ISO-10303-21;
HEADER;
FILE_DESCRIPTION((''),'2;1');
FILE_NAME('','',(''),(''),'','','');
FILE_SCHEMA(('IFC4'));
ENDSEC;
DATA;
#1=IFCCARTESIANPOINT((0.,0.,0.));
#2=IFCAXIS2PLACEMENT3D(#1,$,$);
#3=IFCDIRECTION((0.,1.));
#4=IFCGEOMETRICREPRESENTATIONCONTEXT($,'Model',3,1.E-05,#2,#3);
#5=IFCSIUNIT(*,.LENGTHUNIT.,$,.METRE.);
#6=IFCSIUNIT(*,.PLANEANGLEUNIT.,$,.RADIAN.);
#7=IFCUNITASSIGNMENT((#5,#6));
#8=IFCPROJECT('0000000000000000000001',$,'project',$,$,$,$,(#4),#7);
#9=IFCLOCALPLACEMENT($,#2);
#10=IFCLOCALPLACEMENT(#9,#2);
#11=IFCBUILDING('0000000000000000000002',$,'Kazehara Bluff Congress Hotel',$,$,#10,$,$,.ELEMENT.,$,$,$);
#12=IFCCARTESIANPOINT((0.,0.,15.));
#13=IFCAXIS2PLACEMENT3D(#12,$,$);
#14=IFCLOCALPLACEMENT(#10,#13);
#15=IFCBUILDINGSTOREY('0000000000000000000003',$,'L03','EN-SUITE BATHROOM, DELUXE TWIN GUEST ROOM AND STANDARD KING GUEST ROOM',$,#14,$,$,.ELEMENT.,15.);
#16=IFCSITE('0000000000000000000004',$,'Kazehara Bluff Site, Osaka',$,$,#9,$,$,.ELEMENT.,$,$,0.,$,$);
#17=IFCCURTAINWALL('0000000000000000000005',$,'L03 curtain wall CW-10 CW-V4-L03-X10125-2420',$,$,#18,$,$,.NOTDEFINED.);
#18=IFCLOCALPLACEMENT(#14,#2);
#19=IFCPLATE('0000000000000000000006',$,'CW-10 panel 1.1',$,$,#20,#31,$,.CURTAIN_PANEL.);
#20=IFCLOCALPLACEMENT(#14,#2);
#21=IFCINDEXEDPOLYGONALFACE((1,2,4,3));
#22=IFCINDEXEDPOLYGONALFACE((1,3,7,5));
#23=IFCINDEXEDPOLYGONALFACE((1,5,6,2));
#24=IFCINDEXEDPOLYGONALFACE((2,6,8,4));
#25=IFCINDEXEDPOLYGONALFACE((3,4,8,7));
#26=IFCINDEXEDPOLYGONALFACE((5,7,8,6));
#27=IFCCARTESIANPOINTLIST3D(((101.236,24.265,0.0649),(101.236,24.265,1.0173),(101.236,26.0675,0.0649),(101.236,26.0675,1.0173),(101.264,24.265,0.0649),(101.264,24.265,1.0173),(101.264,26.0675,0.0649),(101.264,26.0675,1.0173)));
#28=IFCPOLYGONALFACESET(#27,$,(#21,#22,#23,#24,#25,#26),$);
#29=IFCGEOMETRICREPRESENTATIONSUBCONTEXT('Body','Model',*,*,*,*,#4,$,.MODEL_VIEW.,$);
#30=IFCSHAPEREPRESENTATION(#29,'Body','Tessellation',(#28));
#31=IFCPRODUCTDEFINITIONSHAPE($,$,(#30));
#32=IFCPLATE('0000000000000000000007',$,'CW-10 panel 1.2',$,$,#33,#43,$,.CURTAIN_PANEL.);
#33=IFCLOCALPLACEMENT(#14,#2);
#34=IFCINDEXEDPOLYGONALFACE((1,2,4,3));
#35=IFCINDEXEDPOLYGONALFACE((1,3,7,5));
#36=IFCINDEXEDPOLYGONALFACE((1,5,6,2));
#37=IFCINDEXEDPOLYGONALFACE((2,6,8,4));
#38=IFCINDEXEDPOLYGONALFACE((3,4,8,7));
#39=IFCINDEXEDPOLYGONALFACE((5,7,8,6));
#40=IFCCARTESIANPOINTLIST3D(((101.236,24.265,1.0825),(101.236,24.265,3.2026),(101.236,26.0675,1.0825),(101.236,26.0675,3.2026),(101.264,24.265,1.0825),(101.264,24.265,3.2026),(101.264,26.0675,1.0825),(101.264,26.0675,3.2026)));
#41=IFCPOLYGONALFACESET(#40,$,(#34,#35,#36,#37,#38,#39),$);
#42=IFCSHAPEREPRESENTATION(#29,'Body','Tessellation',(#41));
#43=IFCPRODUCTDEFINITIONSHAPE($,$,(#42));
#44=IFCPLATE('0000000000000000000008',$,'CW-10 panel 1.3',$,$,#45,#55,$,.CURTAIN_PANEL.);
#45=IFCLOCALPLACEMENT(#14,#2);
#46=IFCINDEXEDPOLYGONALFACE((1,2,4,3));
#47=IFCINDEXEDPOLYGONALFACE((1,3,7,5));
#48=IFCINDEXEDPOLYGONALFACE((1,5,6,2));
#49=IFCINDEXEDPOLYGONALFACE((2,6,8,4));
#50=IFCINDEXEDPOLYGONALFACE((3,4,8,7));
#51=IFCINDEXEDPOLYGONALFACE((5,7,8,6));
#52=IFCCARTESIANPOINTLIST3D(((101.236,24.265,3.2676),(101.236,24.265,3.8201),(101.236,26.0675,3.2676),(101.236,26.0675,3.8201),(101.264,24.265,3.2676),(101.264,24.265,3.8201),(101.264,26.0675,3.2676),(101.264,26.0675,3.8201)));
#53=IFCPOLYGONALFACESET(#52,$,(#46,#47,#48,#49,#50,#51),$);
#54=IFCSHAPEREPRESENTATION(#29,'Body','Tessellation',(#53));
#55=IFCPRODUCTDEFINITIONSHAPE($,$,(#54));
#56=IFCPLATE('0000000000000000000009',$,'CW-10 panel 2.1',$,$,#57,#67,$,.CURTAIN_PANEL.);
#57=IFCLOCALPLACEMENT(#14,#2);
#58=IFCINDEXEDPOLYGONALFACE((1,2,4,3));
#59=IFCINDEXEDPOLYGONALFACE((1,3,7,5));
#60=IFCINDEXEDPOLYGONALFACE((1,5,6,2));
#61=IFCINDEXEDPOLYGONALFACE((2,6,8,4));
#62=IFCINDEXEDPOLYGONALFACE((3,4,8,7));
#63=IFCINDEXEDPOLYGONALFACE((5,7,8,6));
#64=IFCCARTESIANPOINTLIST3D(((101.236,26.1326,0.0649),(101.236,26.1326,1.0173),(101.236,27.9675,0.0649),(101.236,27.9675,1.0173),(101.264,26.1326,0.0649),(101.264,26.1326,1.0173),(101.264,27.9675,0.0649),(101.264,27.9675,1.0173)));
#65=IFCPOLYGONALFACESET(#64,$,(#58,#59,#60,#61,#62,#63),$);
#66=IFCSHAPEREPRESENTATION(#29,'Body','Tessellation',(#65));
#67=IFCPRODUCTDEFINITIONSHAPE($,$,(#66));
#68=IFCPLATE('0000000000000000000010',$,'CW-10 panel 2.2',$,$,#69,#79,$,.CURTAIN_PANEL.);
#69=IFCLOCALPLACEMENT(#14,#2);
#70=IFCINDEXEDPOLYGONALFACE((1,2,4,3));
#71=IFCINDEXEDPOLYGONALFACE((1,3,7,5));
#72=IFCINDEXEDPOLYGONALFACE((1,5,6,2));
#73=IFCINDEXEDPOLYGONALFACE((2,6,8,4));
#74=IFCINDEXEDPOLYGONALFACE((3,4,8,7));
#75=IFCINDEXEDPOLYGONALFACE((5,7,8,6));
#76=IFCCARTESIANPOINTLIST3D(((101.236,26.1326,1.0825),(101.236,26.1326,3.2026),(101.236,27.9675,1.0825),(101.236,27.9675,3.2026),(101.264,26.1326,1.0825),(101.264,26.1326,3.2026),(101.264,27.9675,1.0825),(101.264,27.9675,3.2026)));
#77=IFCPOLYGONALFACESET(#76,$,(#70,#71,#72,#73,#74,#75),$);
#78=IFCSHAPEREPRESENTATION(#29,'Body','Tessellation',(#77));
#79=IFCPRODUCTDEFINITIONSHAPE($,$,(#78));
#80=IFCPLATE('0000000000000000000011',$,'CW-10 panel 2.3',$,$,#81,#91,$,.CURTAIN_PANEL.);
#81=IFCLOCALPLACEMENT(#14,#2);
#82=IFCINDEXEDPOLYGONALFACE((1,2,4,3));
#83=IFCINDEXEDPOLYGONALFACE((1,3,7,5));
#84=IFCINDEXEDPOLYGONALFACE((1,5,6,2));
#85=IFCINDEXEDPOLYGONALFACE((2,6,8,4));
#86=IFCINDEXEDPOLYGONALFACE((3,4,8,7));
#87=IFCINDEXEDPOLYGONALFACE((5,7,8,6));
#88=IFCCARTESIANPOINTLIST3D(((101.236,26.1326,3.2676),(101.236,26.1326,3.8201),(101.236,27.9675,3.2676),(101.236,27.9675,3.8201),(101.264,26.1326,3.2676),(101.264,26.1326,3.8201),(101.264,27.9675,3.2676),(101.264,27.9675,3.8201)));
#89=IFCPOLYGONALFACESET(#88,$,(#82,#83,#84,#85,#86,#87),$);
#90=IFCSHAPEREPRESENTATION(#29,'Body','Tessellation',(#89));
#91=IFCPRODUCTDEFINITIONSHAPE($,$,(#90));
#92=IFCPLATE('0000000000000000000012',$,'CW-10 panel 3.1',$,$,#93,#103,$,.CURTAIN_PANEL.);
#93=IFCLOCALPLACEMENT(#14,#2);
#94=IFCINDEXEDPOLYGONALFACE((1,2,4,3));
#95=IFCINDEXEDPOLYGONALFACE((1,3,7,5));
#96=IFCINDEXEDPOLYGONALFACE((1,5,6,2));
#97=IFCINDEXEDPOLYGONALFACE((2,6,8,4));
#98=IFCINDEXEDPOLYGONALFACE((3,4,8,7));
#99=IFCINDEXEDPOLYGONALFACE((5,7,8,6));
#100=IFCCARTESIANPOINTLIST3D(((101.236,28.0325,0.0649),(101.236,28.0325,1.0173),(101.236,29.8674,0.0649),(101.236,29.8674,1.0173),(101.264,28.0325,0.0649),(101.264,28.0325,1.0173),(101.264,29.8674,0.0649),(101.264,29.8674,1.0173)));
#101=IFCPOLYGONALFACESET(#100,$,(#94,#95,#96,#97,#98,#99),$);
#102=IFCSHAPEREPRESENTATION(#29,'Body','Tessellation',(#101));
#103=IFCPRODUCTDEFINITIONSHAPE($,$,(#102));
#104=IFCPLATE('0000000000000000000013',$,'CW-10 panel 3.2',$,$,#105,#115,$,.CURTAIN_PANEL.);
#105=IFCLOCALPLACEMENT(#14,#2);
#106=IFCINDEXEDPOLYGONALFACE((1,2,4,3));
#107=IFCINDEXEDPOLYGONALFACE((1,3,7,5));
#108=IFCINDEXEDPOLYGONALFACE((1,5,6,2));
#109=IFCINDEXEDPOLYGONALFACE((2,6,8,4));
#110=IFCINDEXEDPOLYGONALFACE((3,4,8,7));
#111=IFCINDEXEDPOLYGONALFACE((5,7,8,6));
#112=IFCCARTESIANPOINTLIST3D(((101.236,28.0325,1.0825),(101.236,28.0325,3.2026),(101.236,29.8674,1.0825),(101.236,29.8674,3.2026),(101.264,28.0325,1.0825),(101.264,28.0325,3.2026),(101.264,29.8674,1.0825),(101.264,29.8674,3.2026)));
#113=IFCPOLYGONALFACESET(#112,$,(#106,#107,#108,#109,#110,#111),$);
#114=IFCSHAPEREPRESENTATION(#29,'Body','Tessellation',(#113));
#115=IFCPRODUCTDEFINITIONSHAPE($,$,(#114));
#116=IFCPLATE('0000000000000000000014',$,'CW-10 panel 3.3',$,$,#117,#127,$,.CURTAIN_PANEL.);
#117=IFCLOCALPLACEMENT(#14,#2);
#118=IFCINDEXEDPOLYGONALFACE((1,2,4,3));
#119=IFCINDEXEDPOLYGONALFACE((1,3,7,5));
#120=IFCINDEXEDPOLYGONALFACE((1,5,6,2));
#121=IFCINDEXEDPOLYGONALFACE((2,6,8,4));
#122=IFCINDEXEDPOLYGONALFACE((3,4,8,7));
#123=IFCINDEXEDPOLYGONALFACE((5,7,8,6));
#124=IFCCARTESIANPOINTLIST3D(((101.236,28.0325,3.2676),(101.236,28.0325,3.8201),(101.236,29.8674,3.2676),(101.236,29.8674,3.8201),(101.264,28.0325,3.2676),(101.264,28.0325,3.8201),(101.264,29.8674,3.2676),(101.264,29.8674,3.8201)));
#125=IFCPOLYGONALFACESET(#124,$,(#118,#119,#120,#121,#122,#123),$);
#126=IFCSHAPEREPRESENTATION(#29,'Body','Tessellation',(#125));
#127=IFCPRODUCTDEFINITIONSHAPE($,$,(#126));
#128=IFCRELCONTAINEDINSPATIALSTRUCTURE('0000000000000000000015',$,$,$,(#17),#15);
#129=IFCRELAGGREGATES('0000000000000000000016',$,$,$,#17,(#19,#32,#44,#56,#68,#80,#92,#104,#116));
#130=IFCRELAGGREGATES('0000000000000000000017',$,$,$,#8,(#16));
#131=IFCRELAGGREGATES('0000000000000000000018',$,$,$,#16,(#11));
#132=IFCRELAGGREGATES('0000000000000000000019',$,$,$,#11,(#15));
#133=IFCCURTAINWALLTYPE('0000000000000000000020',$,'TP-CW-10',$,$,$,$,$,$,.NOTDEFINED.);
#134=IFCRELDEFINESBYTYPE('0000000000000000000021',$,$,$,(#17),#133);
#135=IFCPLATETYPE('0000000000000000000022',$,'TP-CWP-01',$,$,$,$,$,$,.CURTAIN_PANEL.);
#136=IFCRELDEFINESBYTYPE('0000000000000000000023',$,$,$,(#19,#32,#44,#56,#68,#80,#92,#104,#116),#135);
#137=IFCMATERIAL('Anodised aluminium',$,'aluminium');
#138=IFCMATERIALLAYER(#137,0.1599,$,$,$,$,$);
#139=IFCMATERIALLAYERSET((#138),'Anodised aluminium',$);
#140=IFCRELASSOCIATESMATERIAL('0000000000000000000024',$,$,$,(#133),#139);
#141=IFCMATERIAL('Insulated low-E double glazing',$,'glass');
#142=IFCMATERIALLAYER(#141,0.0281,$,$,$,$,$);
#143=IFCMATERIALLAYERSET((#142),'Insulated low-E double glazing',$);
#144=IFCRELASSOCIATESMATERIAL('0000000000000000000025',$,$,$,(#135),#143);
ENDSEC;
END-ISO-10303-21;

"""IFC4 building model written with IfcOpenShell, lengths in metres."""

from ifc_helpers import new_model, si_unit, direction, frame, origin, origin_2d, place, context, subcontext, project, spatial, rectangle, extrude, material, layer, layer_set, type_object, element, aggregate, save


model = new_model("IFC4")

# Units and contexts
model_context = context("Model", 3, precision=1e-05, world=origin(), true_north=direction((0.0, 1.0)))
body_context = subcontext(model_context, "Body", "Model", "MODEL_VIEW")
ifc_project = project(units=[si_unit("LENGTHUNIT", "METRE"), si_unit("PLANEANGLEUNIT", "RADIAN")], contexts=[model_context])

# Site, building, storey
site_placement = place(None, origin())
site = spatial("IfcSite", under=ifc_project, at=site_placement, Name="Kazehara Bluff Site, Osaka", CompositionType="ELEMENT", RefElevation=0.0)
building_placement = place(site_placement, origin())
building = spatial("IfcBuilding", under=site, at=building_placement, Name="Kazehara Bluff Congress Hotel", CompositionType="ELEMENT")
storey_placement = place(building_placement, frame((0.0, 0.0, 15.0)))
storey = spatial("IfcBuildingStorey", under=building, at=storey_placement, Name="L03", Description="EN-SUITE BATHROOM, DELUXE TWIN GUEST ROOM AND STANDARD KING GUEST ROOM", CompositionType="ELEMENT", Elevation=15.0)

# Curtain wall
ifc_material_1 = material(Name="Anodised aluminium", Category="aluminium")
ifc_layer_1 = layer(ifc_material_1, 0.1599)
ifc_layer_set_1 = layer_set([ifc_layer_1], Name="Anodised aluminium")
curtain_wall_type = type_object("IfcCurtainWallType", Name="TP-CW-10", PredefinedType="NOTDEFINED", material=ifc_layer_set_1)
curtain_wall_placement = place(storey_placement, origin())
curtain_wall = element("IfcCurtainWall", 1, at=curtain_wall_placement, inside=storey, type_object=curtain_wall_type, Name="L03 curtain wall CW-10 CW-V4-L03-X10125-2420", PredefinedType="NOTDEFINED")

# Plates
ifc_material_2 = material(Name="Insulated low-E double glazing", Category="glass")
ifc_layer_2 = layer(ifc_material_2, 0.0281)
ifc_layer_set_2 = layer_set([ifc_layer_2], Name="Insulated low-E double glazing")
plate_type = type_object("IfcPlateType", Name="TP-CWP-01", PredefinedType="CURTAIN_PANEL", material=ifc_layer_set_2)
plate_1_placement = place(storey_placement, frame((101.25, 25.1663, 0.0649), z_axis=(0.0, 0.0, 1.0), x_axis=(0.0, 1.0, 0.0)))
plate_1 = element("IfcPlate", 2, at=plate_1_placement, type_object=plate_type, Name="CW-10 panel 1.1", PredefinedType="CURTAIN_PANEL", context=body_context, shape_type="SweptSolid", body=[
    extrude(rectangle(XDim=1.8025, YDim=0.0281, at=origin_2d()), origin(), (0.0, 0.0, 1.0), 0.9524),
])
plate_2_placement = place(storey_placement, frame((101.25, 25.1663, 1.0825), z_axis=(0.0, 0.0, 1.0), x_axis=(0.0, 1.0, 0.0)))
plate_2 = element("IfcPlate", 3, at=plate_2_placement, type_object=plate_type, Name="CW-10 panel 1.2", PredefinedType="CURTAIN_PANEL", context=body_context, shape_type="SweptSolid", body=[
    extrude(rectangle(XDim=1.8025, YDim=0.0281, at=origin_2d()), origin(), (0.0, 0.0, 1.0), 2.1201),
])
plate_3_placement = place(storey_placement, frame((101.25, 25.1663, 3.2676), z_axis=(0.0, 0.0, 1.0), x_axis=(0.0, 1.0, 0.0)))
plate_3 = element("IfcPlate", 4, at=plate_3_placement, type_object=plate_type, Name="CW-10 panel 1.3", PredefinedType="CURTAIN_PANEL", context=body_context, shape_type="SweptSolid", body=[
    extrude(rectangle(XDim=1.8025, YDim=0.0281, at=origin_2d()), origin(), (0.0, 0.0, 1.0), 0.5525),
])
plate_4_placement = place(storey_placement, frame((101.25, 27.05, 0.0649), z_axis=(0.0, 0.0, 1.0), x_axis=(0.0, 1.0, 0.0)))
plate_4 = element("IfcPlate", 5, at=plate_4_placement, type_object=plate_type, Name="CW-10 panel 2.1", PredefinedType="CURTAIN_PANEL", context=body_context, shape_type="SweptSolid", body=[
    extrude(rectangle(XDim=1.835, YDim=0.0281, at=origin_2d()), origin(), (0.0, 0.0, 1.0), 0.9524),
])
plate_5_placement = place(storey_placement, frame((101.25, 27.05, 1.0825), z_axis=(0.0, 0.0, 1.0), x_axis=(0.0, 1.0, 0.0)))
plate_5 = element("IfcPlate", 6, at=plate_5_placement, type_object=plate_type, Name="CW-10 panel 2.2", PredefinedType="CURTAIN_PANEL", context=body_context, shape_type="SweptSolid", body=[
    extrude(rectangle(XDim=1.835, YDim=0.0281, at=origin_2d()), origin(), (0.0, 0.0, 1.0), 2.1201),
])
plate_6_placement = place(storey_placement, frame((101.25, 27.05, 3.2676), z_axis=(0.0, 0.0, 1.0), x_axis=(0.0, 1.0, 0.0)))
plate_6 = element("IfcPlate", 7, at=plate_6_placement, type_object=plate_type, Name="CW-10 panel 2.3", PredefinedType="CURTAIN_PANEL", context=body_context, shape_type="SweptSolid", body=[
    extrude(rectangle(XDim=1.835, YDim=0.0281, at=origin_2d()), origin(), (0.0, 0.0, 1.0), 0.5525),
])
plate_7_placement = place(storey_placement, frame((101.25, 28.95, 0.0649), z_axis=(0.0, 0.0, 1.0), x_axis=(0.0, 1.0, 0.0)))
plate_7 = element("IfcPlate", 8, at=plate_7_placement, type_object=plate_type, Name="CW-10 panel 3.1", PredefinedType="CURTAIN_PANEL", context=body_context, shape_type="SweptSolid", body=[
    extrude(rectangle(XDim=1.835, YDim=0.0281, at=origin_2d()), origin(), (0.0, 0.0, 1.0), 0.9524),
])
plate_8_placement = place(storey_placement, frame((101.25, 28.95, 1.0825), z_axis=(0.0, 0.0, 1.0), x_axis=(0.0, 1.0, 0.0)))
plate_8 = element("IfcPlate", 9, at=plate_8_placement, type_object=plate_type, Name="CW-10 panel 3.2", PredefinedType="CURTAIN_PANEL", context=body_context, shape_type="SweptSolid", body=[
    extrude(rectangle(XDim=1.835, YDim=0.0281, at=origin_2d()), origin(), (0.0, 0.0, 1.0), 2.1201),
])
plate_9_placement = place(storey_placement, frame((101.25, 28.95, 3.2676), z_axis=(0.0, 0.0, 1.0), x_axis=(0.0, 1.0, 0.0)))
plate_9 = element("IfcPlate", 10, at=plate_9_placement, type_object=plate_type, Name="CW-10 panel 3.3", PredefinedType="CURTAIN_PANEL", context=body_context, shape_type="SweptSolid", body=[
    extrude(rectangle(XDim=1.835, YDim=0.0281, at=origin_2d()), origin(), (0.0, 0.0, 1.0), 0.5525),
])
aggregate(curtain_wall, [plate_1, plate_2, plate_3, plate_4, plate_5, plate_6, plate_7, plate_8, plate_9])

save(model, "model.ifc")
